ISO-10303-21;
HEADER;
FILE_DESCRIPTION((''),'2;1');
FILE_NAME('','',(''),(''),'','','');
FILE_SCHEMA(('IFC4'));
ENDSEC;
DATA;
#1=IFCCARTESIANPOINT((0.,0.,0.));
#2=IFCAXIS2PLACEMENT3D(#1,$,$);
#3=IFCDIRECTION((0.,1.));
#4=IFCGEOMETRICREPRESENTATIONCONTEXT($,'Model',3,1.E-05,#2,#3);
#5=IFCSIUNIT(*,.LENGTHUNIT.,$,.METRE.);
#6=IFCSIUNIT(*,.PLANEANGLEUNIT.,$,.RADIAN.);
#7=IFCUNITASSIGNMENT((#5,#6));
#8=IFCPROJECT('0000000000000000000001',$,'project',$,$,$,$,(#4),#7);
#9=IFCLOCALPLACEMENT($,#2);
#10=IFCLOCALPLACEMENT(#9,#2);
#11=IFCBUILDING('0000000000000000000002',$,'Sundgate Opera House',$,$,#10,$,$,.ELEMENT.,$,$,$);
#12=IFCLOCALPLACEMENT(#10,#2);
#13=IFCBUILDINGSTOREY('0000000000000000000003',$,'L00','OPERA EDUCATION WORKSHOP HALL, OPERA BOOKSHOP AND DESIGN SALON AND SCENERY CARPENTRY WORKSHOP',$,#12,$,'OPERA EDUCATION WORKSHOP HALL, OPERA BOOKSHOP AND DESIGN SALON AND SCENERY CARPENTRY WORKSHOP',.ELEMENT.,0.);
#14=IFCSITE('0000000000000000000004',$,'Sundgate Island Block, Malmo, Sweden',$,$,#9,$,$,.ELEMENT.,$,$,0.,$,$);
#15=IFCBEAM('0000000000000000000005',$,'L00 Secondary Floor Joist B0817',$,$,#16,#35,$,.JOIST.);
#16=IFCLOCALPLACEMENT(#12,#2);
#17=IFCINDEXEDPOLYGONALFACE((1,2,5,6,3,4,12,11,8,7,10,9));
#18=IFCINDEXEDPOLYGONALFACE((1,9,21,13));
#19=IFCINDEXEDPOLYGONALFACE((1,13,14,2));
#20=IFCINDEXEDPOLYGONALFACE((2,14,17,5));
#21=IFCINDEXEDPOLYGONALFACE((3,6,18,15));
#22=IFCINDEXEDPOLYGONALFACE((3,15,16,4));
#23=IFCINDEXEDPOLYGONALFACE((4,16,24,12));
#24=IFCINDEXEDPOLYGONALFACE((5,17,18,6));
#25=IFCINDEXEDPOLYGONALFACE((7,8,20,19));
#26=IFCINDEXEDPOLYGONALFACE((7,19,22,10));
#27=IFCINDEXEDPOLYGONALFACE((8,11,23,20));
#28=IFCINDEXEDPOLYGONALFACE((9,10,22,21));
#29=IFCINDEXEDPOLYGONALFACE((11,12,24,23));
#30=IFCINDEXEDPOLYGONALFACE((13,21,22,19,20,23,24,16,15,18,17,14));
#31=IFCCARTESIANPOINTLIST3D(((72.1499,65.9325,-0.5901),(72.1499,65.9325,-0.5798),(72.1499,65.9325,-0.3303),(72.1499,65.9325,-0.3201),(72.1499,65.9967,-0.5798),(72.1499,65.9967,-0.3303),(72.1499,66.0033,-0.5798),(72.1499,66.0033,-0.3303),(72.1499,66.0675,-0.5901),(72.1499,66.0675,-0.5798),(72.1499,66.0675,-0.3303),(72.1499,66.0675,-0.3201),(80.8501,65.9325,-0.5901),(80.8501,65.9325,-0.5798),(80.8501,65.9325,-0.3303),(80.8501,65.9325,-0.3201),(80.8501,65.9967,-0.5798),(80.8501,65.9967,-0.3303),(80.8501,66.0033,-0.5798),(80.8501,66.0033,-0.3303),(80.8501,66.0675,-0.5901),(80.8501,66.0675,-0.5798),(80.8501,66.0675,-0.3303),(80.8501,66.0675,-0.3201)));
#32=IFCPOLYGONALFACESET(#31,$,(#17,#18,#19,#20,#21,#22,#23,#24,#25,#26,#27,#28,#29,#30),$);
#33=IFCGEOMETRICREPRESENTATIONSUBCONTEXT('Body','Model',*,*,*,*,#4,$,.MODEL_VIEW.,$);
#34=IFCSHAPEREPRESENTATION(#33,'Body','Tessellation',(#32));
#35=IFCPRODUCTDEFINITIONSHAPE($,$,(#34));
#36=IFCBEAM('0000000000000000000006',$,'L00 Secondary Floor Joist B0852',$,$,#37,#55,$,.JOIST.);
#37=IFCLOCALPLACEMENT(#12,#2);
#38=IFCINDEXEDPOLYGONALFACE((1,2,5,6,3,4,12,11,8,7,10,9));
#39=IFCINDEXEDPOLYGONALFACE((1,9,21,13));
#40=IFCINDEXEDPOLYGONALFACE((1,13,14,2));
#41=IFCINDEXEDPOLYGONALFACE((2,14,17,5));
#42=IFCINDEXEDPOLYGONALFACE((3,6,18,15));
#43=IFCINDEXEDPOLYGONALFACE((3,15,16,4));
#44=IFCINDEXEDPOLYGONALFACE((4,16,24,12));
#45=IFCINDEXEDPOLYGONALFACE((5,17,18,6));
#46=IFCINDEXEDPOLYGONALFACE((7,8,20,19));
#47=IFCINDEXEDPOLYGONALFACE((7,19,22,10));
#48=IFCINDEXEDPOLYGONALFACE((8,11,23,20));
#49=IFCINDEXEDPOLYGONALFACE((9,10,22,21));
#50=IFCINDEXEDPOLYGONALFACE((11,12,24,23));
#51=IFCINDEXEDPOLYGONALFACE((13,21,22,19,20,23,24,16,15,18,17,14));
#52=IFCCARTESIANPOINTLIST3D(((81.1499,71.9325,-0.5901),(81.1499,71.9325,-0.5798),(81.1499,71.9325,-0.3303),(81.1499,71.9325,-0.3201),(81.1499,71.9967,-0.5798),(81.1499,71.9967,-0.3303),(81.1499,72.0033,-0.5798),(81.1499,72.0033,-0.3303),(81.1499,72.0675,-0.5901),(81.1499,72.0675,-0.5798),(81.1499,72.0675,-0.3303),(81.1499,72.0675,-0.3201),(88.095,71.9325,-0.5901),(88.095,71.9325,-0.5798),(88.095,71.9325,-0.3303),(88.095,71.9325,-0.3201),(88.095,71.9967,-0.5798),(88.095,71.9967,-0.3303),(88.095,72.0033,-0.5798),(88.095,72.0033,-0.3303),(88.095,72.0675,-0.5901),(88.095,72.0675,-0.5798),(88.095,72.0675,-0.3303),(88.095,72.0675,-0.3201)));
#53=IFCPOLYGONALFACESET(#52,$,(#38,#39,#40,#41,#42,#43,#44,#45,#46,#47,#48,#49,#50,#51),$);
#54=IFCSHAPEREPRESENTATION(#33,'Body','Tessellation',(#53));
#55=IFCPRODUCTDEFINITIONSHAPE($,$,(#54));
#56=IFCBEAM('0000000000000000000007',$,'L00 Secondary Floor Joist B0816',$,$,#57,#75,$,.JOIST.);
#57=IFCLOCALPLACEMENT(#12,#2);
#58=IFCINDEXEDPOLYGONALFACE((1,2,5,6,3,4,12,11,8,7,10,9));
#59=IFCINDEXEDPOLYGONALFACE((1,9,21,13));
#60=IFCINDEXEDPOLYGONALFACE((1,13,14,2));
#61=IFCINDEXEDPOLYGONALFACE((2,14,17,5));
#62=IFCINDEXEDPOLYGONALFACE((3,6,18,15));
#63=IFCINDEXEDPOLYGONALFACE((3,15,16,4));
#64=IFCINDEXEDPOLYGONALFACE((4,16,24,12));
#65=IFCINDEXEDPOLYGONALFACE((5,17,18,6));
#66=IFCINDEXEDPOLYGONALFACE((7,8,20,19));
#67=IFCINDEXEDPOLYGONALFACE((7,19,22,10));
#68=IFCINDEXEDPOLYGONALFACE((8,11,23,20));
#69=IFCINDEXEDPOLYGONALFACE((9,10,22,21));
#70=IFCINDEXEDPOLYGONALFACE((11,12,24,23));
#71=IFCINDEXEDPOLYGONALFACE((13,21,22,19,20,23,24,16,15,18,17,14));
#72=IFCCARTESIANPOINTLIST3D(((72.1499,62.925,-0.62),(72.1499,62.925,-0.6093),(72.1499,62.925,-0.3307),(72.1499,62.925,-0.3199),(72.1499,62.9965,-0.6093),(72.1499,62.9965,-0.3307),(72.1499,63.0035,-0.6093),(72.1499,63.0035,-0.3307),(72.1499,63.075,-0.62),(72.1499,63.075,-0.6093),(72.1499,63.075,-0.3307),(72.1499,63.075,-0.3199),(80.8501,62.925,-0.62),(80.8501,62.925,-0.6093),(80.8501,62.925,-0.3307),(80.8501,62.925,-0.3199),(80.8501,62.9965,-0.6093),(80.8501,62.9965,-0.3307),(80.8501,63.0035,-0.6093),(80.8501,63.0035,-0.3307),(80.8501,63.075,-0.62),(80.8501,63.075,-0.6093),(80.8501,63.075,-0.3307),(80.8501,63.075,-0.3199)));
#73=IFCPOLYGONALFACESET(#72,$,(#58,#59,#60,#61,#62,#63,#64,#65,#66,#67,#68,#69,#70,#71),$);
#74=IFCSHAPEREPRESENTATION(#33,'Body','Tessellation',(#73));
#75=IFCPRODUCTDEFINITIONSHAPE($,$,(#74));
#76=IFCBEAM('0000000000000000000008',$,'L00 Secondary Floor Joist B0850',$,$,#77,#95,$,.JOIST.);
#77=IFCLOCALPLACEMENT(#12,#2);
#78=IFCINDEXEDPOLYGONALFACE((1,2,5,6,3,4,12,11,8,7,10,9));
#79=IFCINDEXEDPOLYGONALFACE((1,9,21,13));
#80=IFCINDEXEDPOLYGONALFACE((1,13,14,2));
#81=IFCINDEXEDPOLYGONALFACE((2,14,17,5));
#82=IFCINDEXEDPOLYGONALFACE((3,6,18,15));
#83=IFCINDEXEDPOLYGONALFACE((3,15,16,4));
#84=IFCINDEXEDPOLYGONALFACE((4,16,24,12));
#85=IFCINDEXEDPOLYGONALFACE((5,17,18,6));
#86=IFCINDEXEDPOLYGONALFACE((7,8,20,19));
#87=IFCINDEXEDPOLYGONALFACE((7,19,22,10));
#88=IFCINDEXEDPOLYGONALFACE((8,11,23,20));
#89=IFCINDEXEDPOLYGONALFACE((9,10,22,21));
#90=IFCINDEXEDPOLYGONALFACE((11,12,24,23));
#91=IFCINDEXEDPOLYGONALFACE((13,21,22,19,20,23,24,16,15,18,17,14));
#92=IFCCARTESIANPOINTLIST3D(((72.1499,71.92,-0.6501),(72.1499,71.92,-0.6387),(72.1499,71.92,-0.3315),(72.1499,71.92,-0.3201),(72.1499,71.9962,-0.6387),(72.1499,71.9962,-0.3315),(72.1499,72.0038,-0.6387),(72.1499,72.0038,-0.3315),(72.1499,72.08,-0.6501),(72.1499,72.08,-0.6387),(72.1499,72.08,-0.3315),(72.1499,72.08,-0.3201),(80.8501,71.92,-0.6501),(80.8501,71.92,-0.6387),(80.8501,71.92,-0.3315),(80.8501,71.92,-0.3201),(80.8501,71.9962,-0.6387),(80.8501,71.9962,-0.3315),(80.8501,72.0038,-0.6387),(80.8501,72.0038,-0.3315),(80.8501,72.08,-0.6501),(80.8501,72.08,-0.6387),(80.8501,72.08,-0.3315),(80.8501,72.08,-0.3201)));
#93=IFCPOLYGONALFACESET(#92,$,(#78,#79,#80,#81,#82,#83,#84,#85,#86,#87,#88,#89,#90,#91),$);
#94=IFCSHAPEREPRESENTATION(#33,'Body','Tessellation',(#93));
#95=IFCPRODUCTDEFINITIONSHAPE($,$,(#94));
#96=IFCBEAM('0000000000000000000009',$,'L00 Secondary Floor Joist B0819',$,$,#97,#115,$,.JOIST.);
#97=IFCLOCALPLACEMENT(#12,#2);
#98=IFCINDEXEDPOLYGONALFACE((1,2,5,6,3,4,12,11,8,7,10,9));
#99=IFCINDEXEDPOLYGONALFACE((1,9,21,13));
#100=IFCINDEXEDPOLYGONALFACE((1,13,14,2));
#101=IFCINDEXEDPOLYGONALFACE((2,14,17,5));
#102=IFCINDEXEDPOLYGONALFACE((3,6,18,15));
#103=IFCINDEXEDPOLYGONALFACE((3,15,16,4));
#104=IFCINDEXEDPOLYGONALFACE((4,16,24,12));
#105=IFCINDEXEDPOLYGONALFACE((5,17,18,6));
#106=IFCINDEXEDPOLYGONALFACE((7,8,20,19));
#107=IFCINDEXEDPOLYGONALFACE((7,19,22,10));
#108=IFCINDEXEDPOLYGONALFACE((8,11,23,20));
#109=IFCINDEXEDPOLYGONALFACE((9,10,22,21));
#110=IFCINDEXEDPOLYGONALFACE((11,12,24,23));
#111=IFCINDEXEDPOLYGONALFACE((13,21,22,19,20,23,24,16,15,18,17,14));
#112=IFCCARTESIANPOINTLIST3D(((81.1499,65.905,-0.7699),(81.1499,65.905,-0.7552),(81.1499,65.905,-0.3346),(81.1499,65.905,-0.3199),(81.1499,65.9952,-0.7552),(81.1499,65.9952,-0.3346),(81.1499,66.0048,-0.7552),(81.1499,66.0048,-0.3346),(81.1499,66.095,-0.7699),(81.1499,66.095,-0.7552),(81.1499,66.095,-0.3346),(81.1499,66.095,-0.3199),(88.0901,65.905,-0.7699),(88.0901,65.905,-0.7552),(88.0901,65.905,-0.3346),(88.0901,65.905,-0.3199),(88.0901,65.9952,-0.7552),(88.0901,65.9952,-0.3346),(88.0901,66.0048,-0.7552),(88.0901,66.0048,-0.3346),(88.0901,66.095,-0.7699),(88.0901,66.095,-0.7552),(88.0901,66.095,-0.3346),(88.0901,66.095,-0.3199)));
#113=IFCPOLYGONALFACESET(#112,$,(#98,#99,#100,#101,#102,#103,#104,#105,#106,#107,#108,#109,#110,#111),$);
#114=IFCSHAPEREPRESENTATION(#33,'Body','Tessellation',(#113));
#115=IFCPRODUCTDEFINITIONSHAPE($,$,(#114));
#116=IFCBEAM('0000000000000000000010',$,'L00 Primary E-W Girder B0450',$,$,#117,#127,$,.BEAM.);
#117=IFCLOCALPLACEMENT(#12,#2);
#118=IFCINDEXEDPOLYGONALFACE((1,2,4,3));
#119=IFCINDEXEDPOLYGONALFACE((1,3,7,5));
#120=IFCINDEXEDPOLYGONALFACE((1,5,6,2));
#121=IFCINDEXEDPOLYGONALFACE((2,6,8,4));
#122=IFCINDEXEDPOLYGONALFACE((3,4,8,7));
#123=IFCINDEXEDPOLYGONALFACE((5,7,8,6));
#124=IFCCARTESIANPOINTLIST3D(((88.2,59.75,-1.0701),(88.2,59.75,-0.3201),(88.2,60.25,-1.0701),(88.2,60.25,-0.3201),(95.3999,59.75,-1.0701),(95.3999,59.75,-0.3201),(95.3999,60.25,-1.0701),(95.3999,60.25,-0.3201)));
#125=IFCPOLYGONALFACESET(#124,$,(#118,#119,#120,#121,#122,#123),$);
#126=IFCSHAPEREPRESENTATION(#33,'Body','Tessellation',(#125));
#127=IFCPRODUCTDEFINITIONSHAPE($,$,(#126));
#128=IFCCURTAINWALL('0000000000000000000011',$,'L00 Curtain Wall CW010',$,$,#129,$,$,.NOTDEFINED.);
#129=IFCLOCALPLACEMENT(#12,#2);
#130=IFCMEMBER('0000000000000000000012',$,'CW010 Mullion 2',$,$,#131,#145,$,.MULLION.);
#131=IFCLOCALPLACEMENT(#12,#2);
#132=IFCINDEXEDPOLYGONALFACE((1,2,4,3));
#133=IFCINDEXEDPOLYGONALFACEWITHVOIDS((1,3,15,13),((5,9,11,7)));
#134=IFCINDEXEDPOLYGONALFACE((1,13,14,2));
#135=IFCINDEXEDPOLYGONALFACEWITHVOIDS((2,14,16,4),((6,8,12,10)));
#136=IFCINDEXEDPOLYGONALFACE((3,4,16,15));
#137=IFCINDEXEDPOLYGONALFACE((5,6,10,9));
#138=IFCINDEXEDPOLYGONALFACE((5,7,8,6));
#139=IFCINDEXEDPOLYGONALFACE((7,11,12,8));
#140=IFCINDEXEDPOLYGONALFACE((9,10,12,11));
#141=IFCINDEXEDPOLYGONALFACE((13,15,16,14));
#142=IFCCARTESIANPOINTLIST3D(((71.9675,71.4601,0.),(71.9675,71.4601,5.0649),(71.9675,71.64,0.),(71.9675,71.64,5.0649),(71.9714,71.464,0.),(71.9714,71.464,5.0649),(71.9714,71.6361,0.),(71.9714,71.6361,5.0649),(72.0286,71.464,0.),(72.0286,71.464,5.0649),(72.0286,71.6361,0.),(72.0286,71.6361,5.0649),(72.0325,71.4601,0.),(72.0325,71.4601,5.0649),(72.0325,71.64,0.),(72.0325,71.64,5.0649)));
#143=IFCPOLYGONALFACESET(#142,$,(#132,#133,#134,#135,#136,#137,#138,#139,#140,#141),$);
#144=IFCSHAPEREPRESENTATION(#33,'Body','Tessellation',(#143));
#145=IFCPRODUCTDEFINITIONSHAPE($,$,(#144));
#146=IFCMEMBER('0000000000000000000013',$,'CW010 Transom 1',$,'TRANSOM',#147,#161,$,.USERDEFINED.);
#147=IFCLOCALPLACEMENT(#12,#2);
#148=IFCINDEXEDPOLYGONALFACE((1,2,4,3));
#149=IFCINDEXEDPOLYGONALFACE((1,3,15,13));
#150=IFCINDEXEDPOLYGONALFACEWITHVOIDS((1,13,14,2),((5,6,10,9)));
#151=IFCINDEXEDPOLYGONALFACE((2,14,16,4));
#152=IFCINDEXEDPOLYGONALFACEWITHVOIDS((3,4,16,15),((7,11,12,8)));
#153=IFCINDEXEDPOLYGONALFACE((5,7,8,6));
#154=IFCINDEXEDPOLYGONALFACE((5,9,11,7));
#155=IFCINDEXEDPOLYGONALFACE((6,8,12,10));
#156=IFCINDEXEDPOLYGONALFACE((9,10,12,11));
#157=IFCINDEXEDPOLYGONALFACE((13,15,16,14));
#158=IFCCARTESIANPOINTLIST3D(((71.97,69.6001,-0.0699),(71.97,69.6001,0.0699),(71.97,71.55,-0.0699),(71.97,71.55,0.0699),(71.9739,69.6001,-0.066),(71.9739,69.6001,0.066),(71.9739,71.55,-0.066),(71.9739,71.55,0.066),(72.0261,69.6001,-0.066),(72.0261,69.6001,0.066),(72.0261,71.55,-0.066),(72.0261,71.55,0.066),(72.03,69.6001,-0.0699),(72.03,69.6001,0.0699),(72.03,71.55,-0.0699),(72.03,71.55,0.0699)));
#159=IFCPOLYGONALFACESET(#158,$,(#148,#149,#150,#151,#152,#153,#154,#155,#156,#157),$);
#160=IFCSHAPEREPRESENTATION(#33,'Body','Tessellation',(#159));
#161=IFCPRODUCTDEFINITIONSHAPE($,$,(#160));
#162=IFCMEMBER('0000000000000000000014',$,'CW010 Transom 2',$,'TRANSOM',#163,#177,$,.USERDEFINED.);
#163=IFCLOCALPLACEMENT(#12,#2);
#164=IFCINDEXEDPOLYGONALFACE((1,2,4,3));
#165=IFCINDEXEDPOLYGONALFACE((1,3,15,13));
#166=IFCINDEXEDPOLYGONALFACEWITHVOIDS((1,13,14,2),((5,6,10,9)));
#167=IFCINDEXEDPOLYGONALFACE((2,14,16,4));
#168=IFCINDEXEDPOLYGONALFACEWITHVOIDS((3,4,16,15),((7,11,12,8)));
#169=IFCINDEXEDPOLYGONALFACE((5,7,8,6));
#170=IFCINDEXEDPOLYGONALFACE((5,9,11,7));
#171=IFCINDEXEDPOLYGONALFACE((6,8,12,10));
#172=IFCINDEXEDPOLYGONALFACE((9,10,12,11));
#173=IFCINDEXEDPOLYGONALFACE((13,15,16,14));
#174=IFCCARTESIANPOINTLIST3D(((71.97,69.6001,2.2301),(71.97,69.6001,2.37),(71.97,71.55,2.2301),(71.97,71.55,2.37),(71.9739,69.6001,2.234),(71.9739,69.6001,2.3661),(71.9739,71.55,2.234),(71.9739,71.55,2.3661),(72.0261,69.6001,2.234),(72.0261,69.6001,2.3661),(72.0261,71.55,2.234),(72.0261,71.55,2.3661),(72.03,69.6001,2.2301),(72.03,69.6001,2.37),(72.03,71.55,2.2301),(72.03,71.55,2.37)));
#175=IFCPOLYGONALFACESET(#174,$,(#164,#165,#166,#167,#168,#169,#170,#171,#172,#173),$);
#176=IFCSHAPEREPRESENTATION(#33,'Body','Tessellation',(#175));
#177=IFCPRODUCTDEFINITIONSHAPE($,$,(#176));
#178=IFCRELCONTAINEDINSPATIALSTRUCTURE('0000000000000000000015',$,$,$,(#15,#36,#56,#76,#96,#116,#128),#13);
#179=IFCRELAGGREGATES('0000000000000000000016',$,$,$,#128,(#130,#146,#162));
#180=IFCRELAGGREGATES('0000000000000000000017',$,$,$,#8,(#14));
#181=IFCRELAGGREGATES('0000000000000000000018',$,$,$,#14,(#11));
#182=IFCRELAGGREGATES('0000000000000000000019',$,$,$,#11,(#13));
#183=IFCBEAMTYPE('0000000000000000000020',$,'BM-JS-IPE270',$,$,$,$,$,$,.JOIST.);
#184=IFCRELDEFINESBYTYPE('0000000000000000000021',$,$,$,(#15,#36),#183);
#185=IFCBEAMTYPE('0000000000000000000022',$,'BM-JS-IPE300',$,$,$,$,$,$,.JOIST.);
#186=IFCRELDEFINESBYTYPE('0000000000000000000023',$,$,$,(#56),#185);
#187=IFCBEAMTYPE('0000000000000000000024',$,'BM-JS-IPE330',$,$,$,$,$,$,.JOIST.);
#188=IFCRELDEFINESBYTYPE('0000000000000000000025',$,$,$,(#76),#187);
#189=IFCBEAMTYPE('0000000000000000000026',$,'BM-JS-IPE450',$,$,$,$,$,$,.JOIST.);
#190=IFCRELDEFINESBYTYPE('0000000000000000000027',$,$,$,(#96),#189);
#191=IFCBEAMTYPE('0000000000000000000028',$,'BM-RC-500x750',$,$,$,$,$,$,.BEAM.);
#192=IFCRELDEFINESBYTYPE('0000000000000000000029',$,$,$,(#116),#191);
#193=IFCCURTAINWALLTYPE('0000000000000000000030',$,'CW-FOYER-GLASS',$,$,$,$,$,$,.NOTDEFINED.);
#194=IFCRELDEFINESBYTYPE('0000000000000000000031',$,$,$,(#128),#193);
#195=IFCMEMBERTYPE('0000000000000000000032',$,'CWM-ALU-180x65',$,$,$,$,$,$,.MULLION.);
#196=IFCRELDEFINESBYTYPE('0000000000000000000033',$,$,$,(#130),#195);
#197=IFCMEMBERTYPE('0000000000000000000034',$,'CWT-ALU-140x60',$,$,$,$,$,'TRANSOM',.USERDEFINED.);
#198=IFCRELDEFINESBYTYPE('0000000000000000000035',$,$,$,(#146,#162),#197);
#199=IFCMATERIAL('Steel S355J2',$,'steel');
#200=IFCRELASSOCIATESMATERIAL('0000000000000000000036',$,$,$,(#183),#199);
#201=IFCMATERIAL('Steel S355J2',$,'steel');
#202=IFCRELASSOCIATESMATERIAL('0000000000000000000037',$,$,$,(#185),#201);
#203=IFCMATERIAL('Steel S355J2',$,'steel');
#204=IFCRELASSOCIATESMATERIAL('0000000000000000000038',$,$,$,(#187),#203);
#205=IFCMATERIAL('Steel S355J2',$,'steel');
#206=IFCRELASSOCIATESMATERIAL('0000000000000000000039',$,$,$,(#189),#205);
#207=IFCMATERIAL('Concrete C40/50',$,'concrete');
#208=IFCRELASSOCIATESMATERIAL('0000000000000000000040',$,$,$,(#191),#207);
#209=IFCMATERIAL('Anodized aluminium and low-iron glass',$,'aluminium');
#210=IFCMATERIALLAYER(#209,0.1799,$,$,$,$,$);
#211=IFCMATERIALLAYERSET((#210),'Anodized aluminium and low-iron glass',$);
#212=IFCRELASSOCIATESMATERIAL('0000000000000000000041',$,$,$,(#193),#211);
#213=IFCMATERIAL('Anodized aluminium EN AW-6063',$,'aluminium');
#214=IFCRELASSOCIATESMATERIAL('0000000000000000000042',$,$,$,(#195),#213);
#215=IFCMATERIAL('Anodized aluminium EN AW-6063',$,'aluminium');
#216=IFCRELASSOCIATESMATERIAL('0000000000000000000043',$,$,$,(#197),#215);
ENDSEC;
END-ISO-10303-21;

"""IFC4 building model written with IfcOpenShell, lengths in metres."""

from ifc_helpers import new_model, si_unit, direction, frame, origin, origin_2d, place, context, subcontext, project, spatial, rectangle, hollow_rectangle, i_section, extrude, material, layer, layer_set, material_profile, profile_set, type_object, element, aggregate, save


model = new_model("IFC4")

# Units and contexts
model_context = context("Model", 3, precision=1e-05, world=origin(), true_north=direction((0.0, 1.0)))
body_context = subcontext(model_context, "Body", "Model", "MODEL_VIEW")
ifc_project = project(units=[si_unit("LENGTHUNIT", "METRE"), si_unit("PLANEANGLEUNIT", "RADIAN")], contexts=[model_context])

# Site, building, storey
site_placement = place(None, origin())
site = spatial("IfcSite", under=ifc_project, at=site_placement, Name="Sundgate Island Block, Malmo, Sweden", CompositionType="ELEMENT", RefElevation=0.0)
building_placement = place(site_placement, origin())
building = spatial("IfcBuilding", under=site, at=building_placement, Name="Sundgate Opera House", CompositionType="ELEMENT")
storey_placement = place(building_placement, origin())
storey = spatial("IfcBuildingStorey", under=building, at=storey_placement, Name="L00", Description="OPERA EDUCATION WORKSHOP HALL, OPERA BOOKSHOP AND DESIGN SALON AND SCENERY CARPENTRY WORKSHOP", LongName="OPERA EDUCATION WORKSHOP HALL, OPERA BOOKSHOP AND DESIGN SALON AND SCENERY CARPENTRY WORKSHOP", CompositionType="ELEMENT", Elevation=0.0)

# Beams
ifc_material_1 = material(Name="Steel S355J2", Category="steel")
ifc_material_profile_1 = material_profile(ifc_material_1, i_section(OverallWidth=0.135, OverallDepth=0.27, WebThickness=0.0066, FlangeThickness=0.0103, at=origin_2d()), Name="IPE 270")
ifc_profile_set_1 = profile_set([ifc_material_profile_1], Name="Steel S355J2")
beam_type_1 = type_object("IfcBeamType", Name="BM-JS-IPE270", PredefinedType="JOIST", material=ifc_profile_set_1)
beam_1_placement = place(storey_placement, frame((72.1499, 66.0, -0.4551), z_axis=(1.0, 0.0, 0.0), x_axis=(0.0, 1.0, 0.0)))
element("IfcBeam", 1, at=beam_1_placement, inside=storey, type_object=beam_type_1, Name="L00 Secondary Floor Joist B0817", PredefinedType="JOIST", context=body_context, shape_type="SweptSolid", body=[
    extrude(i_section(OverallWidth=0.135, OverallDepth=0.27, WebThickness=0.0066, FlangeThickness=0.0103, at=origin_2d()), origin(), (0.0, 0.0, 1.0), 8.7002),
])
beam_2_placement = place(storey_placement, frame((81.1499, 72.0, -0.4551), z_axis=(1.0, 0.0, 0.0), x_axis=(0.0, 1.0, 0.0)))
element("IfcBeam", 2, at=beam_2_placement, inside=storey, type_object=beam_type_1, Name="L00 Secondary Floor Joist B0852", PredefinedType="JOIST", context=body_context, shape_type="SweptSolid", body=[
    extrude(i_section(OverallWidth=0.135, OverallDepth=0.27, WebThickness=0.0066, FlangeThickness=0.0103, at=origin_2d()), origin(), (0.0, 0.0, 1.0), 6.9451),
])
ifc_material_2 = material(Name="Steel S355J2", Category="steel")
ifc_material_profile_2 = material_profile(ifc_material_2, i_section(OverallWidth=0.1499, OverallDepth=0.3, WebThickness=0.0071, FlangeThickness=0.0107, at=origin_2d()), Name="IPE 300")
ifc_profile_set_2 = profile_set([ifc_material_profile_2], Name="Steel S355J2")
beam_type_2 = type_object("IfcBeamType", Name="BM-JS-IPE300", PredefinedType="JOIST", material=ifc_profile_set_2)
beam_3_placement = place(storey_placement, frame((72.1499, 63.0, -0.47), z_axis=(1.0, 0.0, 0.0), x_axis=(0.0, 1.0, 0.0)))
element("IfcBeam", 3, at=beam_3_placement, inside=storey, type_object=beam_type_2, Name="L00 Secondary Floor Joist B0816", PredefinedType="JOIST", context=body_context, shape_type="SweptSolid", body=[
    extrude(i_section(OverallWidth=0.1499, OverallDepth=0.3, WebThickness=0.0071, FlangeThickness=0.0107, at=origin_2d()), origin(), (0.0, 0.0, 1.0), 8.7002),
])
ifc_material_3 = material(Name="Steel S355J2", Category="steel")
ifc_material_profile_3 = material_profile(ifc_material_3, i_section(OverallWidth=0.1599, OverallDepth=0.3301, WebThickness=0.0076, FlangeThickness=0.0115, at=origin_2d()), Name="IPE 330")
ifc_profile_set_3 = profile_set([ifc_material_profile_3], Name="Steel S355J2")
beam_type_3 = type_object("IfcBeamType", Name="BM-JS-IPE330", PredefinedType="JOIST", material=ifc_profile_set_3)
beam_4_placement = place(storey_placement, frame((72.1499, 72.0, -0.4851), z_axis=(1.0, 0.0, 0.0), x_axis=(0.0, 1.0, 0.0)))
element("IfcBeam", 4, at=beam_4_placement, inside=storey, type_object=beam_type_3, Name="L00 Secondary Floor Joist B0850", PredefinedType="JOIST", context=body_context, shape_type="SweptSolid", body=[
    extrude(i_section(OverallWidth=0.1599, OverallDepth=0.3301, WebThickness=0.0076, FlangeThickness=0.0115, at=origin_2d()), origin(), (0.0, 0.0, 1.0), 8.7002),
])
ifc_material_4 = material(Name="Steel S355J2", Category="steel")
ifc_material_profile_4 = material_profile(ifc_material_4, i_section(OverallWidth=0.1899, OverallDepth=0.45, WebThickness=0.0095, FlangeThickness=0.0146, at=origin_2d()), Name="IPE 450")
ifc_profile_set_4 = profile_set([ifc_material_profile_4], Name="Steel S355J2")
beam_type_4 = type_object("IfcBeamType", Name="BM-JS-IPE450", PredefinedType="JOIST", material=ifc_profile_set_4)
beam_5_placement = place(storey_placement, frame((81.1499, 66.0, -0.5449), z_axis=(1.0, 0.0, 0.0), x_axis=(0.0, 1.0, 0.0)))
element("IfcBeam", 5, at=beam_5_placement, inside=storey, type_object=beam_type_4, Name="L00 Secondary Floor Joist B0819", PredefinedType="JOIST", context=body_context, shape_type="SweptSolid", body=[
    extrude(i_section(OverallWidth=0.1899, OverallDepth=0.45, WebThickness=0.0095, FlangeThickness=0.0146, at=origin_2d()), origin(), (0.0, 0.0, 1.0), 6.9402),
])
ifc_material_5 = material(Name="Concrete C40/50", Category="concrete")
ifc_material_profile_5 = material_profile(ifc_material_5, rectangle(XDim=0.5, YDim=0.75, at=origin_2d()), Name="RC 500x750")
ifc_profile_set_5 = profile_set([ifc_material_profile_5], Name="Concrete C40/50")
beam_type_5 = type_object("IfcBeamType", Name="BM-RC-500x750", PredefinedType="BEAM", material=ifc_profile_set_5)
beam_6_placement = place(storey_placement, frame((88.2, 60.0, -0.6951), z_axis=(1.0, 0.0, 0.0), x_axis=(0.0, 1.0, 0.0)))
element("IfcBeam", 6, at=beam_6_placement, inside=storey, type_object=beam_type_5, Name="L00 Primary E-W Girder B0450", PredefinedType="BEAM", context=body_context, shape_type="SweptSolid", body=[
    extrude(rectangle(XDim=0.5, YDim=0.75, at=origin_2d()), origin(), (0.0, 0.0, 1.0), 7.2),
])

# Curtain wall, members
ifc_material_6 = material(Name="Anodized aluminium and low-iron glass", Category="aluminium")
ifc_layer_1 = layer(ifc_material_6, 0.1799)
ifc_layer_set_1 = layer_set([ifc_layer_1], Name="Anodized aluminium and low-iron glass")
curtain_wall_type = type_object("IfcCurtainWallType", Name="CW-FOYER-GLASS", PredefinedType="NOTDEFINED", material=ifc_layer_set_1)
curtain_wall_placement = place(storey_placement, origin())
curtain_wall = element("IfcCurtainWall", 7, at=curtain_wall_placement, inside=storey, type_object=curtain_wall_type, Name="L00 Curtain Wall CW010", PredefinedType="NOTDEFINED")
ifc_material_7 = material(Name="Anodized aluminium EN AW-6063", Category="aluminium")
ifc_material_profile_6 = material_profile(ifc_material_7, hollow_rectangle(XDim=0.0649, YDim=0.1799, WallThickness=0.0039, at=origin_2d()), Name="CWM 180x65x4")
ifc_profile_set_6 = profile_set([ifc_material_profile_6], Name="Anodized aluminium EN AW-6063")
member_type_1 = type_object("IfcMemberType", Name="CWM-ALU-180x65", PredefinedType="MULLION", material=ifc_profile_set_6)
member_1_placement = place(storey_placement, frame((72.0, 71.55, 0.0), z_axis=(0.0, 0.0, 1.0), x_axis=(1.0, 0.0, 0.0)))
member_1 = element("IfcMember", 8, at=member_1_placement, type_object=member_type_1, Name="CW010 Mullion 2", PredefinedType="MULLION", context=body_context, shape_type="SweptSolid", body=[
    extrude(hollow_rectangle(XDim=0.0649, YDim=0.1799, WallThickness=0.0039, at=origin_2d()), origin(), (0.0, 0.0, 1.0), 5.0649),
])
ifc_material_8 = material(Name="Anodized aluminium EN AW-6063", Category="aluminium")
ifc_material_profile_7 = material_profile(ifc_material_8, hollow_rectangle(XDim=0.0601, YDim=0.1399, WallThickness=0.0039, at=origin_2d()), Name="CWT 140x60x4")
ifc_profile_set_7 = profile_set([ifc_material_profile_7], Name="Anodized aluminium EN AW-6063")
member_type_2 = type_object("IfcMemberType", Name="CWT-ALU-140x60", ElementType="TRANSOM", PredefinedType="USERDEFINED", material=ifc_profile_set_7)
member_2_placement = place(storey_placement, frame((72.0, 69.6001, 0.0), z_axis=(0.0, 1.0, 0.0), x_axis=(-1.0, 0.0, 0.0)))
member_2 = element("IfcMember", 9, at=member_2_placement, type_object=member_type_2, Name="CW010 Transom 1", ObjectType="TRANSOM", PredefinedType="USERDEFINED", context=body_context, shape_type="SweptSolid", body=[
    extrude(hollow_rectangle(XDim=0.0601, YDim=0.1399, WallThickness=0.0039, at=origin_2d()), origin(), (0.0, 0.0, 1.0), 1.95),
])
member_3_placement = place(storey_placement, frame((72.0, 69.6001, 2.3), z_axis=(0.0, 1.0, 0.0), x_axis=(-1.0, 0.0, 0.0)))
member_3 = element("IfcMember", 10, at=member_3_placement, type_object=member_type_2, Name="CW010 Transom 2", ObjectType="TRANSOM", PredefinedType="USERDEFINED", context=body_context, shape_type="SweptSolid", body=[
    extrude(hollow_rectangle(XDim=0.0601, YDim=0.1399, WallThickness=0.0039, at=origin_2d()), origin(), (0.0, 0.0, 1.0), 1.95),
])
aggregate(curtain_wall, [member_1, member_2, member_3])

save(model, "model.ifc")
